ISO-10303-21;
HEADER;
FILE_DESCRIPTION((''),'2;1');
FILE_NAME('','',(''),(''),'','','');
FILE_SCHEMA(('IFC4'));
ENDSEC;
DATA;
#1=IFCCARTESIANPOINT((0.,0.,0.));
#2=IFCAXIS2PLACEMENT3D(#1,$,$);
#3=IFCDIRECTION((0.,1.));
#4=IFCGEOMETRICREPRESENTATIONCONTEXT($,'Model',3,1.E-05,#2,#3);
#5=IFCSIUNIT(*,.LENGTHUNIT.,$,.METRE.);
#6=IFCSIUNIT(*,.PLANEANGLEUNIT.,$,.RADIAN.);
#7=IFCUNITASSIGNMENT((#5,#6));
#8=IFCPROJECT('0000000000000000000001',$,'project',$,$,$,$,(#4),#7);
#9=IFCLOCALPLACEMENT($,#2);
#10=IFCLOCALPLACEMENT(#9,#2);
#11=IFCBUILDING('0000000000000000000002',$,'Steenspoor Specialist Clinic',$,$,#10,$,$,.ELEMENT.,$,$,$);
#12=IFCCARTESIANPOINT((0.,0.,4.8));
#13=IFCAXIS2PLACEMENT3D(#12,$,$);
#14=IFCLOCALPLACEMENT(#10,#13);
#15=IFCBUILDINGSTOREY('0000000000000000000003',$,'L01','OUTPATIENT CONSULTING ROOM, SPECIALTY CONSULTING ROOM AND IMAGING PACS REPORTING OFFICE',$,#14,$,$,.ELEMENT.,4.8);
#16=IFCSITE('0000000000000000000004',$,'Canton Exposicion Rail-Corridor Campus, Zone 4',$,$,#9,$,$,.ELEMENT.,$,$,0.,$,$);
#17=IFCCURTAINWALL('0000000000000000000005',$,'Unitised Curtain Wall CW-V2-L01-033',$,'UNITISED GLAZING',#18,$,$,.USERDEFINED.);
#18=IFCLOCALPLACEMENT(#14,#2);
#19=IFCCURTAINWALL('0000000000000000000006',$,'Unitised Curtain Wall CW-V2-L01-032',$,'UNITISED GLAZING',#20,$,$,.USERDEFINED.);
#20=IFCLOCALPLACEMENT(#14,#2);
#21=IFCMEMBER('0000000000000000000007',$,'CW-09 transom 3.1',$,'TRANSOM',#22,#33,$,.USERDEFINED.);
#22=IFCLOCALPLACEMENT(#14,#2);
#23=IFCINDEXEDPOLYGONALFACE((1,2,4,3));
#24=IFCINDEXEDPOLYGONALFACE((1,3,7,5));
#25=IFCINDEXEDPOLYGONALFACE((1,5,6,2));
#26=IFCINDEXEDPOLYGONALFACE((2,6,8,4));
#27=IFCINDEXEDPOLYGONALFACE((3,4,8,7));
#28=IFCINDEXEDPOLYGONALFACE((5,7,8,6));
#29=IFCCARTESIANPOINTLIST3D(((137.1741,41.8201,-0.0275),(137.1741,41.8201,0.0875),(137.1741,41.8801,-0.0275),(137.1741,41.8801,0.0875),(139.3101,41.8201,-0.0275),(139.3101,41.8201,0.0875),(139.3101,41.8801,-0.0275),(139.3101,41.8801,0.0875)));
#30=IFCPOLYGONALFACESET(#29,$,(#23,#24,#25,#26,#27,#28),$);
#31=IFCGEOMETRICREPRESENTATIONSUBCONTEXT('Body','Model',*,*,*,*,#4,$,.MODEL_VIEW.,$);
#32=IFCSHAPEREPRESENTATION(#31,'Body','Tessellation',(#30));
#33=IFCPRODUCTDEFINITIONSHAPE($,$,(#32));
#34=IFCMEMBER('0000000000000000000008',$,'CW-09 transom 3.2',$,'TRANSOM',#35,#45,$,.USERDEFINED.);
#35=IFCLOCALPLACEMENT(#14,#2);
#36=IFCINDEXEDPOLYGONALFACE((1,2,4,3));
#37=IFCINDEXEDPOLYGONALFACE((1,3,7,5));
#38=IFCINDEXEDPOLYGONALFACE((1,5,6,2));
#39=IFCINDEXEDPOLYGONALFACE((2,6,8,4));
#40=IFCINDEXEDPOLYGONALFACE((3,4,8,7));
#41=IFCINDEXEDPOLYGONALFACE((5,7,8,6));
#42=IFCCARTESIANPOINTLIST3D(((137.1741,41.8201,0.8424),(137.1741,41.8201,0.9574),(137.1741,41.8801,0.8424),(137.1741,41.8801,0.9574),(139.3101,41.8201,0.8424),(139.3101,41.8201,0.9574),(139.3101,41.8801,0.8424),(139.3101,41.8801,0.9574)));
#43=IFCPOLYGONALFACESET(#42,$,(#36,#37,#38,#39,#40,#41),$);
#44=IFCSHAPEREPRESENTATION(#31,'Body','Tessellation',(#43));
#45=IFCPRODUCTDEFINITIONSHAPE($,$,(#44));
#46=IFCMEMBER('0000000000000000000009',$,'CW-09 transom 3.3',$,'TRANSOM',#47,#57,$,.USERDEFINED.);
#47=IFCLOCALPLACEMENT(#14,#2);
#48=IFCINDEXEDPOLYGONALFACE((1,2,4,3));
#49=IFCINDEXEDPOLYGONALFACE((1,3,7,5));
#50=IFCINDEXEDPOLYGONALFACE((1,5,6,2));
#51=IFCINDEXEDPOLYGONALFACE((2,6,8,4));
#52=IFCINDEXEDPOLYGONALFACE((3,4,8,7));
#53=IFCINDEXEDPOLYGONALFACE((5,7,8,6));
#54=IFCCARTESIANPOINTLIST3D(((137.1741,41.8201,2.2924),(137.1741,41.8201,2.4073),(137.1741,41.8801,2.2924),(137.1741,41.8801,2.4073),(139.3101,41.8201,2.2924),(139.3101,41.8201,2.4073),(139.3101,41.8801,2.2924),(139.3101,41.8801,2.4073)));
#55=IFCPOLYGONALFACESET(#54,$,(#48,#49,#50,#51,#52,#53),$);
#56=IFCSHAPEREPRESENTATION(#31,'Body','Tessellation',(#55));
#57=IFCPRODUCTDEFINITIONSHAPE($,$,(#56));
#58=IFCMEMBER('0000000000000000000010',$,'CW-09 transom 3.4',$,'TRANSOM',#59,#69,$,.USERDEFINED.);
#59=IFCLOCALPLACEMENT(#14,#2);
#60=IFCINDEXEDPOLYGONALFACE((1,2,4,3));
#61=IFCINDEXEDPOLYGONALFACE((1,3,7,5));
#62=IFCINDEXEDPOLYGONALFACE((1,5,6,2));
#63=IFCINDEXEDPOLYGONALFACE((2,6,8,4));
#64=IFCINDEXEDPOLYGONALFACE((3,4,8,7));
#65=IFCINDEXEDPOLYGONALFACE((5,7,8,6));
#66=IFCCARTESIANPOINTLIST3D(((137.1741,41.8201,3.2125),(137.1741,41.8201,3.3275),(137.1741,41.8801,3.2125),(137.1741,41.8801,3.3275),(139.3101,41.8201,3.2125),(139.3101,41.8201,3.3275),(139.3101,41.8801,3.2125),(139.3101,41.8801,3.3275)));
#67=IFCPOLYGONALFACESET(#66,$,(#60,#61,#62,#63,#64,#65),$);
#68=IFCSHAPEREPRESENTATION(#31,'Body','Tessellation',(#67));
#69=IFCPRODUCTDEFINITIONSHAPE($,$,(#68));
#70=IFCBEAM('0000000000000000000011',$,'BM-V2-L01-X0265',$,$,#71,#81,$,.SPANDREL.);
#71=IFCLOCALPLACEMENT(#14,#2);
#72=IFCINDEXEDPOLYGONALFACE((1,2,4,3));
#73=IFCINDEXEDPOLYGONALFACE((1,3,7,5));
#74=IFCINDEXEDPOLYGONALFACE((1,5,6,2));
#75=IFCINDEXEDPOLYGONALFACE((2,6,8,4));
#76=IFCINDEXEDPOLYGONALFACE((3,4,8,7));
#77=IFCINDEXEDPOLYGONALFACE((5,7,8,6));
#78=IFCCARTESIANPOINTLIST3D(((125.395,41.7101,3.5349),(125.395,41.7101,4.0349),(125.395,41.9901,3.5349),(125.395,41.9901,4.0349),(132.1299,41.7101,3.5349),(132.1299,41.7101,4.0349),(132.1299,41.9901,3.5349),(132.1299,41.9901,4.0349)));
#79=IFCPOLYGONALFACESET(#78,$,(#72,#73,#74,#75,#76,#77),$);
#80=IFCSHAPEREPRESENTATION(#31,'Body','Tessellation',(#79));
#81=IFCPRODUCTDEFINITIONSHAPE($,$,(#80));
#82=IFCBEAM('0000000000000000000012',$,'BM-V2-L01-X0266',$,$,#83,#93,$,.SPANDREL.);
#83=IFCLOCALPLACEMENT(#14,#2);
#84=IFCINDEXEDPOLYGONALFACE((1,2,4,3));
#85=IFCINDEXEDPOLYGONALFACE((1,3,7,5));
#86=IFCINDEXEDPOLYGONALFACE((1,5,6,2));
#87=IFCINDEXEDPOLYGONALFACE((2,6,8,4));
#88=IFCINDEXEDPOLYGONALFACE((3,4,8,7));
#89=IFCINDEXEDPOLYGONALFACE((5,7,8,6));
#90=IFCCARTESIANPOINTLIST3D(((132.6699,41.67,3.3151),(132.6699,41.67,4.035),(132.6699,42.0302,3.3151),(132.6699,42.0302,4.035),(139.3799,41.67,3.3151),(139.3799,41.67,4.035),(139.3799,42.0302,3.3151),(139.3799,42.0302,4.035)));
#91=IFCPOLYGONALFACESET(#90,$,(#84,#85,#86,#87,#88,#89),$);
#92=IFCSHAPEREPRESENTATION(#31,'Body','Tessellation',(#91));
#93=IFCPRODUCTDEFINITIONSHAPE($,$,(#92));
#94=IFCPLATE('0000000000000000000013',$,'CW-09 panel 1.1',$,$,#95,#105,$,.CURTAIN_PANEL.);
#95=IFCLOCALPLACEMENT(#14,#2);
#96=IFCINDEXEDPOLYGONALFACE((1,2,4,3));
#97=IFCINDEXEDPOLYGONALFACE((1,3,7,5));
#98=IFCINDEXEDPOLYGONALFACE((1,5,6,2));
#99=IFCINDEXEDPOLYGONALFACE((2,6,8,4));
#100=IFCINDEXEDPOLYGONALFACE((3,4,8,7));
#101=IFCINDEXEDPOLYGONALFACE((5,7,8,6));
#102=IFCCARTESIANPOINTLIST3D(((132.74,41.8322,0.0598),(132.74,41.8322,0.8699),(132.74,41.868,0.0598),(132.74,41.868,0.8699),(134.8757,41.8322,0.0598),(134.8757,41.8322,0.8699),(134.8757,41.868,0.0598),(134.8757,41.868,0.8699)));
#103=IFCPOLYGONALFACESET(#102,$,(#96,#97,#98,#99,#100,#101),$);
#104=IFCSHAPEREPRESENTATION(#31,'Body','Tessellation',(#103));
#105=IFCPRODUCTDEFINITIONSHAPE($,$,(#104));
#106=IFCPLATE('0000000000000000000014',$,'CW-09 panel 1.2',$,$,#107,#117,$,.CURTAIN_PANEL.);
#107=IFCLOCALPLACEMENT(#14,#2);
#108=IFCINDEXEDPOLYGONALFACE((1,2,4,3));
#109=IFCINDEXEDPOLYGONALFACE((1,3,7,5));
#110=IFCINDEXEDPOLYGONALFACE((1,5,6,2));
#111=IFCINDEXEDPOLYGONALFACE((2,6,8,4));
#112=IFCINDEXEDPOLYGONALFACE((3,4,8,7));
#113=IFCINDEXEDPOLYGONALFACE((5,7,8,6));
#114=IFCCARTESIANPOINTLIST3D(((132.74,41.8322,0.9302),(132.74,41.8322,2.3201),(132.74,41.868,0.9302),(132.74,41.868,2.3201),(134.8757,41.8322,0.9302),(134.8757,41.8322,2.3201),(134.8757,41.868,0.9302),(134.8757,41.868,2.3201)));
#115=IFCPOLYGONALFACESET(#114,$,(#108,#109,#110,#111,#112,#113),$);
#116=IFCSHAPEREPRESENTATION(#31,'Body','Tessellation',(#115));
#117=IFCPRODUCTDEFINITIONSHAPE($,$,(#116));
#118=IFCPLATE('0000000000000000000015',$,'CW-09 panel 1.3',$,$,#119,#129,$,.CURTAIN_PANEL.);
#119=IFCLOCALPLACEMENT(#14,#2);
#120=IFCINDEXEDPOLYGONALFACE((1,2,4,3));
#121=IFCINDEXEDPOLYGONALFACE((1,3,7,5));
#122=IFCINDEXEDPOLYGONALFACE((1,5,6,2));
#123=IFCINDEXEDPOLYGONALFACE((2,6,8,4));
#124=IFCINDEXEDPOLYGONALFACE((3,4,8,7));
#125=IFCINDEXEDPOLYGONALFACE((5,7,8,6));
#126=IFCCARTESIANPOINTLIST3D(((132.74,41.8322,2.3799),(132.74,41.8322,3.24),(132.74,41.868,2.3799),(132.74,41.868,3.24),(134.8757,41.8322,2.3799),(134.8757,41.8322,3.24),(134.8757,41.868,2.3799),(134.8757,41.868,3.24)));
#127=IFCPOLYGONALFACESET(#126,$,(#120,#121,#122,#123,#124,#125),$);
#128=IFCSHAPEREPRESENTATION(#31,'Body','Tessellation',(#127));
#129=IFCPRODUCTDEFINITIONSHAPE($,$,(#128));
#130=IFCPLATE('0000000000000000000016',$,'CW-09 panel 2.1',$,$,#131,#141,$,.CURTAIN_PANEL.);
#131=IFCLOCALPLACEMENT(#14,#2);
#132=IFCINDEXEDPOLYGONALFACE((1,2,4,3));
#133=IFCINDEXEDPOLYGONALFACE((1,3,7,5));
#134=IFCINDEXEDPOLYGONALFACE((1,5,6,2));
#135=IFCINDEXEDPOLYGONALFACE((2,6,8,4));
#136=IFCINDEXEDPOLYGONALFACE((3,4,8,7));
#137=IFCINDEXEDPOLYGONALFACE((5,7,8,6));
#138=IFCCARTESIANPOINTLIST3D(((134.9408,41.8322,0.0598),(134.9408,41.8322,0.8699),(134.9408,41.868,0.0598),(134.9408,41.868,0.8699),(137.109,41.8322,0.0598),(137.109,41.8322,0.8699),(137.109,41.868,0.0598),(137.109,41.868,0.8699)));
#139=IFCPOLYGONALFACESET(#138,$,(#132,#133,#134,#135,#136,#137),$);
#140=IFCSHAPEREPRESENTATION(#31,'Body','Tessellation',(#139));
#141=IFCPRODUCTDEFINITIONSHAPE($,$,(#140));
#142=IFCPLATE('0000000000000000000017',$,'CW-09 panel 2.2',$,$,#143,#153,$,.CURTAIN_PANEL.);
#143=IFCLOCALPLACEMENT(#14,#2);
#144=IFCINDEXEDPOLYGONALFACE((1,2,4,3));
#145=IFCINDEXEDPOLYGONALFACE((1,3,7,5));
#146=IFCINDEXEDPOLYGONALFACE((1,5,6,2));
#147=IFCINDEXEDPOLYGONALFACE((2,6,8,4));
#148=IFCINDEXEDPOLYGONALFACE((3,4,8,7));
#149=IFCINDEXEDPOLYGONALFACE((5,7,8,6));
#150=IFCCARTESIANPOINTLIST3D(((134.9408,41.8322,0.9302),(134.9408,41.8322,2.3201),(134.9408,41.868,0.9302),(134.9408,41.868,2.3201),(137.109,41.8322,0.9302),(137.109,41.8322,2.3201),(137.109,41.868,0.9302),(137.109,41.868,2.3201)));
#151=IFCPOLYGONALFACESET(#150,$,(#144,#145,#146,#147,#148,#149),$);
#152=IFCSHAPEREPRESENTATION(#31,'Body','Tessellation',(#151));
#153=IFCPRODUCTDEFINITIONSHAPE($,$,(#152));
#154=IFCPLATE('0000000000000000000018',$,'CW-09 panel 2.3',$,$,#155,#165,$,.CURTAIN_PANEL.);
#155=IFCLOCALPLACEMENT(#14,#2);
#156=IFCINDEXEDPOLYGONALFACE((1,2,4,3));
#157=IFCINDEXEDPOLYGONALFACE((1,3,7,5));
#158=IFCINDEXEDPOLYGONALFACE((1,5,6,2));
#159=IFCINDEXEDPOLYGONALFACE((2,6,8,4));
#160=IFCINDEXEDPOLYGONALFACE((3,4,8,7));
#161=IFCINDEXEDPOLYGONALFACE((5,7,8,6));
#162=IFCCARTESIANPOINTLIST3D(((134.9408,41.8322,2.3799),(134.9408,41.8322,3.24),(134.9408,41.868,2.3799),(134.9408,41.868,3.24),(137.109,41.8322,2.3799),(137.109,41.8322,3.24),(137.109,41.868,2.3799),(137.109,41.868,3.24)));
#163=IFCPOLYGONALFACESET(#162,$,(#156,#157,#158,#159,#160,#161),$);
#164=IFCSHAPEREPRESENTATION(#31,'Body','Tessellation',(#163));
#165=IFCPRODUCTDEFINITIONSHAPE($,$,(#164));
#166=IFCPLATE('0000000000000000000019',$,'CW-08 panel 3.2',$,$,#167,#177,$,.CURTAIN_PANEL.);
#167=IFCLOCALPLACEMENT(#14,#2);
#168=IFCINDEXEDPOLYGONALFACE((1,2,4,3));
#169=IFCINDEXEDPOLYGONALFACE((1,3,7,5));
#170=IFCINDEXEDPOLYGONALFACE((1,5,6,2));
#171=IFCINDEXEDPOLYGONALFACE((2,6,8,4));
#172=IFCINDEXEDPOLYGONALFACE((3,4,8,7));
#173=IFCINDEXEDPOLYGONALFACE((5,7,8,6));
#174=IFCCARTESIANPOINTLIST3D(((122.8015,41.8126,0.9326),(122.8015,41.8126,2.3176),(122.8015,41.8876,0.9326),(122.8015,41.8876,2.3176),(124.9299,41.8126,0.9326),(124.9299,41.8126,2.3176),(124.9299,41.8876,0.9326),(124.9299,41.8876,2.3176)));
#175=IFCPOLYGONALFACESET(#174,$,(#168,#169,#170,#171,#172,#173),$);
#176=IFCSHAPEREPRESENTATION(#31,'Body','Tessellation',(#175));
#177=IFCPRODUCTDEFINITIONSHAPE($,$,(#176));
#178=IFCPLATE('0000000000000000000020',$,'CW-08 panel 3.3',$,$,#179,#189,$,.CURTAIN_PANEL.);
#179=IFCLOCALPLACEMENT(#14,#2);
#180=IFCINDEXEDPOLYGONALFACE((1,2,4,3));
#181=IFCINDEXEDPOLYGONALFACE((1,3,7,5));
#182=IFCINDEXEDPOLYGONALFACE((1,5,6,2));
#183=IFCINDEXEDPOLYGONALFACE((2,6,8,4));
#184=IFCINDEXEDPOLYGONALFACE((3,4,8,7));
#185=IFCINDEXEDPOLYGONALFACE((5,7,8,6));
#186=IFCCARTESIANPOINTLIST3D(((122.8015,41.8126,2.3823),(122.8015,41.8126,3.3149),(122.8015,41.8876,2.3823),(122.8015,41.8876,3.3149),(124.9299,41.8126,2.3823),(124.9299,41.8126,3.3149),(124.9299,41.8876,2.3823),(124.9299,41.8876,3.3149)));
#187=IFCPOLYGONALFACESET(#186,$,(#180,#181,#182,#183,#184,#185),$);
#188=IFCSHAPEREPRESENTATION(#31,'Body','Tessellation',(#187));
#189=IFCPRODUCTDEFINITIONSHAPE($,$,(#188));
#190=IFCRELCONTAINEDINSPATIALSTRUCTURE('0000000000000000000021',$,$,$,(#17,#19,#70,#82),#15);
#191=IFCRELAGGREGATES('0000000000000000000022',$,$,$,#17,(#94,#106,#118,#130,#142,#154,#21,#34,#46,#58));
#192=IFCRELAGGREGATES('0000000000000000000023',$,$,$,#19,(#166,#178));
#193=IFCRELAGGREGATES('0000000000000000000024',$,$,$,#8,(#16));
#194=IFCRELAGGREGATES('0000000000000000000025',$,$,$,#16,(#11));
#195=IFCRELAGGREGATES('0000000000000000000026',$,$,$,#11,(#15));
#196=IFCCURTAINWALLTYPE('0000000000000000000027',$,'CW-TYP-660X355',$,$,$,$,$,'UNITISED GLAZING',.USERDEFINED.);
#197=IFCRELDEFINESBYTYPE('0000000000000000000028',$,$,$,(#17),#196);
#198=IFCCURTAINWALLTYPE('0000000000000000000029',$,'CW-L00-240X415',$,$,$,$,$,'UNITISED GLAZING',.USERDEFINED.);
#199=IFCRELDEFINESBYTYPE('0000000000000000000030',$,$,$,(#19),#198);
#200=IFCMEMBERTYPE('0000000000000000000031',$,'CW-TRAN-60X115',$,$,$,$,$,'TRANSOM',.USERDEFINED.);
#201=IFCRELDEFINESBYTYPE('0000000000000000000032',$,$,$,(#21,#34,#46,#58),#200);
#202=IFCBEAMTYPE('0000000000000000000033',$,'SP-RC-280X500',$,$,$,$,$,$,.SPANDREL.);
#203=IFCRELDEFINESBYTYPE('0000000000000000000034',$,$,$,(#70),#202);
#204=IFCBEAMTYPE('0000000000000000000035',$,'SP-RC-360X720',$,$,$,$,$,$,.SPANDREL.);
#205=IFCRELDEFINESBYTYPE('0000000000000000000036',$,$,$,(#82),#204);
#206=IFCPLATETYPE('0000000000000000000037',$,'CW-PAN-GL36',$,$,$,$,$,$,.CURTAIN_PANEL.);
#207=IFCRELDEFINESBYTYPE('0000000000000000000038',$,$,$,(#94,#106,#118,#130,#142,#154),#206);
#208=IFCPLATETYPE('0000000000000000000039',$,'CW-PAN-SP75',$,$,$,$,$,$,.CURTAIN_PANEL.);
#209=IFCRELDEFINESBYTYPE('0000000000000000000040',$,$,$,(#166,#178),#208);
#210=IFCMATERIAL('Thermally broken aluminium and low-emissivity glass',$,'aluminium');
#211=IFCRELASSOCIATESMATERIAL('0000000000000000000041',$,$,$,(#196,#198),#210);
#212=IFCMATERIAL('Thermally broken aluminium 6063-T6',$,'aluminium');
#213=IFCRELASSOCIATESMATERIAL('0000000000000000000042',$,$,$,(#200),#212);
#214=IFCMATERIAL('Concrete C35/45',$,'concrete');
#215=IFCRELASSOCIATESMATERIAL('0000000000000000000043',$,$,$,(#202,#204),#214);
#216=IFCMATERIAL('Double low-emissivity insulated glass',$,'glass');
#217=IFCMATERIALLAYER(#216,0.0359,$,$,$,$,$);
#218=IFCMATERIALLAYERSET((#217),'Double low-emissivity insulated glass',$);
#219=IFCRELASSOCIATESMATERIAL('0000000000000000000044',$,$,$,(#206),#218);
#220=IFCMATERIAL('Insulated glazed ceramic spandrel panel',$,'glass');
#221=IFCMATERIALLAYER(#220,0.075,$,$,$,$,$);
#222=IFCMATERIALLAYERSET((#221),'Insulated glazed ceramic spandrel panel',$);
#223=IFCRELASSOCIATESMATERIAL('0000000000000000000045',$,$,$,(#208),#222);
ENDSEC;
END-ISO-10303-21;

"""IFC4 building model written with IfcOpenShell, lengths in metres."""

from ifc_helpers import new_model, si_unit, direction, frame, origin, origin_2d, place, context, subcontext, project, spatial, rectangle, extrude, material, layer, layer_set, material_profile, profile_set, type_object, element, aggregate, save


model = new_model("IFC4")

# Units and contexts
model_context = context("Model", 3, precision=1e-05, world=origin(), true_north=direction((0.0, 1.0)))
body_context = subcontext(model_context, "Body", "Model", "MODEL_VIEW")
ifc_project = project(units=[si_unit("LENGTHUNIT", "METRE"), si_unit("PLANEANGLEUNIT", "RADIAN")], contexts=[model_context])

# Site, building, storey
site_placement = place(None, origin())
site = spatial("IfcSite", under=ifc_project, at=site_placement, Name="Canton Exposicion Rail-Corridor Campus, Zone 4", CompositionType="ELEMENT", RefElevation=0.0)
building_placement = place(site_placement, origin())
building = spatial("IfcBuilding", under=site, at=building_placement, Name="Steenspoor Specialist Clinic", CompositionType="ELEMENT")
storey_placement = place(building_placement, frame((0.0, 0.0, 4.8)))
storey = spatial("IfcBuildingStorey", under=building, at=storey_placement, Name="L01", Description="OUTPATIENT CONSULTING ROOM, SPECIALTY CONSULTING ROOM AND IMAGING PACS REPORTING OFFICE", CompositionType="ELEMENT", Elevation=4.8)

# Curtain wall
ifc_material_1 = material(Name="Thermally broken aluminium and low-emissivity glass", Category="aluminium")
curtain_wall_type_1 = type_object("IfcCurtainWallType", Name="CW-TYP-660X355", ElementType="UNITISED GLAZING", PredefinedType="USERDEFINED", material=ifc_material_1)
curtain_wall_1_placement = place(storey_placement, origin())
curtain_wall_1 = element("IfcCurtainWall", 1, at=curtain_wall_1_placement, inside=storey, type_object=curtain_wall_type_1, Name="Unitised Curtain Wall CW-V2-L01-033", ObjectType="UNITISED GLAZING", PredefinedType="USERDEFINED")
ifc_material_2 = material(Name="Thermally broken aluminium 6063-T6", Category="aluminium")

# Curtain wall
curtain_wall_type_2 = type_object("IfcCurtainWallType", Name="CW-L00-240X415", ElementType="UNITISED GLAZING", PredefinedType="USERDEFINED", material=ifc_material_1)
curtain_wall_2_placement = place(storey_placement, origin())
curtain_wall_2 = element("IfcCurtainWall", 2, at=curtain_wall_2_placement, inside=storey, type_object=curtain_wall_type_2, Name="Unitised Curtain Wall CW-V2-L01-032", ObjectType="UNITISED GLAZING", PredefinedType="USERDEFINED")

# Members
ifc_material_profile_1 = material_profile(ifc_material_2, rectangle(XDim=0.0601, YDim=0.115, at=origin_2d()), Name="CWT-60X115")
ifc_profile_set_1 = profile_set([ifc_material_profile_1], Name="Thermally broken aluminium 6063-T6")
member_type_1 = type_object("IfcMemberType", Name="CW-TRAN-60X115", ElementType="TRANSOM", PredefinedType="USERDEFINED", material=ifc_profile_set_1)
member_1_placement = place(storey_placement, frame((137.1741, 41.8501, 0.03), z_axis=(1.0, 0.0, 0.0), x_axis=(0.0, 1.0, 0.0)))
member_1 = element("IfcMember", 3, at=member_1_placement, type_object=member_type_1, Name="CW-09 transom 3.1", ObjectType="TRANSOM", PredefinedType="USERDEFINED", context=body_context, shape_type="SweptSolid", body=[
    extrude(rectangle(XDim=0.0601, YDim=0.115, at=origin_2d()), origin(), (0.0, 0.0, 1.0), 2.136),
])
member_2_placement = place(storey_placement, frame((137.1741, 41.8501, 0.8999), z_axis=(1.0, 0.0, 0.0), x_axis=(0.0, 1.0, 0.0)))
member_2 = element("IfcMember", 4, at=member_2_placement, type_object=member_type_1, Name="CW-09 transom 3.2", ObjectType="TRANSOM", PredefinedType="USERDEFINED", context=body_context, shape_type="SweptSolid", body=[
    extrude(rectangle(XDim=0.0601, YDim=0.115, at=origin_2d()), origin(), (0.0, 0.0, 1.0), 2.136),
])
member_3_placement = place(storey_placement, frame((137.1741, 41.8501, 2.3499), z_axis=(1.0, 0.0, 0.0), x_axis=(0.0, 1.0, 0.0)))
member_3 = element("IfcMember", 5, at=member_3_placement, type_object=member_type_1, Name="CW-09 transom 3.3", ObjectType="TRANSOM", PredefinedType="USERDEFINED", context=body_context, shape_type="SweptSolid", body=[
    extrude(rectangle(XDim=0.0601, YDim=0.115, at=origin_2d()), origin(), (0.0, 0.0, 1.0), 2.136),
])
member_4_placement = place(storey_placement, frame((137.1741, 41.8501, 3.27), z_axis=(1.0, 0.0, 0.0), x_axis=(0.0, 1.0, 0.0)))
member_4 = element("IfcMember", 6, at=member_4_placement, type_object=member_type_1, Name="CW-09 transom 3.4", ObjectType="TRANSOM", PredefinedType="USERDEFINED", context=body_context, shape_type="SweptSolid", body=[
    extrude(rectangle(XDim=0.0601, YDim=0.115, at=origin_2d()), origin(), (0.0, 0.0, 1.0), 2.136),
])

# Beams
ifc_material_3 = material(Name="Concrete C35/45", Category="concrete")
ifc_material_profile_2 = material_profile(ifc_material_3, rectangle(XDim=0.28, YDim=0.5, at=origin_2d()), Name="RC-SP-280X500")
ifc_profile_set_2 = profile_set([ifc_material_profile_2], Name="Concrete C35/45")
beam_type_1 = type_object("IfcBeamType", Name="SP-RC-280X500", PredefinedType="SPANDREL", material=ifc_profile_set_2)
beam_1_placement = place(storey_placement, frame((125.395, 41.8501, 3.7849), z_axis=(1.0, 0.0, 0.0), x_axis=(0.0, 1.0, 0.0)))
element("IfcBeam", 7, at=beam_1_placement, inside=storey, type_object=beam_type_1, Name="BM-V2-L01-X0265", PredefinedType="SPANDREL", context=body_context, shape_type="SweptSolid", body=[
    extrude(rectangle(XDim=0.28, YDim=0.5, at=origin_2d()), origin(), (0.0, 0.0, 1.0), 6.7349),
])
ifc_material_profile_3 = material_profile(ifc_material_3, rectangle(XDim=0.3601, YDim=0.72, at=origin_2d()), Name="RC-SP-360X720")
ifc_profile_set_3 = profile_set([ifc_material_profile_3], Name="Concrete C35/45")
beam_type_2 = type_object("IfcBeamType", Name="SP-RC-360X720", PredefinedType="SPANDREL", material=ifc_profile_set_3)
beam_2_placement = place(storey_placement, frame((132.6699, 41.8501, 3.675), z_axis=(1.0, 0.0, 0.0), x_axis=(0.0, 1.0, 0.0)))
element("IfcBeam", 8, at=beam_2_placement, inside=storey, type_object=beam_type_2, Name="BM-V2-L01-X0266", PredefinedType="SPANDREL", context=body_context, shape_type="SweptSolid", body=[
    extrude(rectangle(XDim=0.3601, YDim=0.72, at=origin_2d()), origin(), (0.0, 0.0, 1.0), 6.71),
])

# Plates
ifc_material_4 = material(Name="Double low-emissivity insulated glass", Category="glass")
ifc_layer_1 = layer(ifc_material_4, 0.0359)
ifc_layer_set_1 = layer_set([ifc_layer_1], Name="Double low-emissivity insulated glass")
plate_type_1 = type_object("IfcPlateType", Name="CW-PAN-GL36", PredefinedType="CURTAIN_PANEL", material=ifc_layer_set_1)
plate_1_placement = place(storey_placement, frame((133.8079, 41.8501, 0.0598), z_axis=(0.0, 0.0, 1.0), x_axis=(1.0, 0.0, 0.0)))
plate_1 = element("IfcPlate", 9, at=plate_1_placement, type_object=plate_type_1, Name="CW-09 panel 1.1", PredefinedType="CURTAIN_PANEL", context=body_context, shape_type="SweptSolid", body=[
    extrude(rectangle(XDim=2.1357, YDim=0.0359, at=origin_2d()), origin(), (0.0, 0.0, 1.0), 0.8101),
])
plate_2_placement = place(storey_placement, frame((133.8079, 41.8501, 0.9302), z_axis=(0.0, 0.0, 1.0), x_axis=(1.0, 0.0, 0.0)))
plate_2 = element("IfcPlate", 10, at=plate_2_placement, type_object=plate_type_1, Name="CW-09 panel 1.2", PredefinedType="CURTAIN_PANEL", context=body_context, shape_type="SweptSolid", body=[
    extrude(rectangle(XDim=2.1357, YDim=0.0359, at=origin_2d()), origin(), (0.0, 0.0, 1.0), 1.3899),
])
plate_3_placement = place(storey_placement, frame((133.8079, 41.8501, 2.3799), z_axis=(0.0, 0.0, 1.0), x_axis=(1.0, 0.0, 0.0)))
plate_3 = element("IfcPlate", 11, at=plate_3_placement, type_object=plate_type_1, Name="CW-09 panel 1.3", PredefinedType="CURTAIN_PANEL", context=body_context, shape_type="SweptSolid", body=[
    extrude(rectangle(XDim=2.1357, YDim=0.0359, at=origin_2d()), origin(), (0.0, 0.0, 1.0), 0.8601),
])
plate_4_placement = place(storey_placement, frame((136.0249, 41.8501, 0.0598), z_axis=(0.0, 0.0, 1.0), x_axis=(1.0, 0.0, 0.0)))
plate_4 = element("IfcPlate", 12, at=plate_4_placement, type_object=plate_type_1, Name="CW-09 panel 2.1", PredefinedType="CURTAIN_PANEL", context=body_context, shape_type="SweptSolid", body=[
    extrude(rectangle(XDim=2.1682, YDim=0.0359, at=origin_2d()), origin(), (0.0, 0.0, 1.0), 0.8101),
])
plate_5_placement = place(storey_placement, frame((136.0249, 41.8501, 0.9302), z_axis=(0.0, 0.0, 1.0), x_axis=(1.0, 0.0, 0.0)))
plate_5 = element("IfcPlate", 13, at=plate_5_placement, type_object=plate_type_1, Name="CW-09 panel 2.2", PredefinedType="CURTAIN_PANEL", context=body_context, shape_type="SweptSolid", body=[
    extrude(rectangle(XDim=2.1682, YDim=0.0359, at=origin_2d()), origin(), (0.0, 0.0, 1.0), 1.3899),
])
plate_6_placement = place(storey_placement, frame((136.0249, 41.8501, 2.3799), z_axis=(0.0, 0.0, 1.0), x_axis=(1.0, 0.0, 0.0)))
plate_6 = element("IfcPlate", 14, at=plate_6_placement, type_object=plate_type_1, Name="CW-09 panel 2.3", PredefinedType="CURTAIN_PANEL", context=body_context, shape_type="SweptSolid", body=[
    extrude(rectangle(XDim=2.1682, YDim=0.0359, at=origin_2d()), origin(), (0.0, 0.0, 1.0), 0.8601),
])
aggregate(curtain_wall_1, [plate_1, plate_2, plate_3, plate_4, plate_5, plate_6, member_1, member_2, member_3, member_4])
ifc_material_5 = material(Name="Insulated glazed ceramic spandrel panel", Category="glass")
ifc_layer_2 = layer(ifc_material_5, 0.075)
ifc_layer_set_2 = layer_set([ifc_layer_2], Name="Insulated glazed ceramic spandrel panel")
plate_type_2 = type_object("IfcPlateType", Name="CW-PAN-SP75", PredefinedType="CURTAIN_PANEL", material=ifc_layer_set_2)
plate_7_placement = place(storey_placement, frame((123.8657, 41.8501, 0.9326), z_axis=(0.0, 0.0, 1.0), x_axis=(1.0, 0.0, 0.0)))
plate_7 = element("IfcPlate", 15, at=plate_7_placement, type_object=plate_type_2, Name="CW-08 panel 3.2", PredefinedType="CURTAIN_PANEL", context=body_context, shape_type="SweptSolid", body=[
    extrude(rectangle(XDim=2.1284, YDim=0.075, at=origin_2d()), origin(), (0.0, 0.0, 1.0), 1.385),
])
plate_8_placement = place(storey_placement, frame((123.8657, 41.8501, 2.3823), z_axis=(0.0, 0.0, 1.0), x_axis=(1.0, 0.0, 0.0)))
plate_8 = element("IfcPlate", 16, at=plate_8_placement, type_object=plate_type_2, Name="CW-08 panel 3.3", PredefinedType="CURTAIN_PANEL", context=body_context, shape_type="SweptSolid", body=[
    extrude(rectangle(XDim=2.1284, YDim=0.075, at=origin_2d()), origin(), (0.0, 0.0, 1.0), 0.9326),
])
aggregate(curtain_wall_2, [plate_7, plate_8])

save(model, "model.ifc")
